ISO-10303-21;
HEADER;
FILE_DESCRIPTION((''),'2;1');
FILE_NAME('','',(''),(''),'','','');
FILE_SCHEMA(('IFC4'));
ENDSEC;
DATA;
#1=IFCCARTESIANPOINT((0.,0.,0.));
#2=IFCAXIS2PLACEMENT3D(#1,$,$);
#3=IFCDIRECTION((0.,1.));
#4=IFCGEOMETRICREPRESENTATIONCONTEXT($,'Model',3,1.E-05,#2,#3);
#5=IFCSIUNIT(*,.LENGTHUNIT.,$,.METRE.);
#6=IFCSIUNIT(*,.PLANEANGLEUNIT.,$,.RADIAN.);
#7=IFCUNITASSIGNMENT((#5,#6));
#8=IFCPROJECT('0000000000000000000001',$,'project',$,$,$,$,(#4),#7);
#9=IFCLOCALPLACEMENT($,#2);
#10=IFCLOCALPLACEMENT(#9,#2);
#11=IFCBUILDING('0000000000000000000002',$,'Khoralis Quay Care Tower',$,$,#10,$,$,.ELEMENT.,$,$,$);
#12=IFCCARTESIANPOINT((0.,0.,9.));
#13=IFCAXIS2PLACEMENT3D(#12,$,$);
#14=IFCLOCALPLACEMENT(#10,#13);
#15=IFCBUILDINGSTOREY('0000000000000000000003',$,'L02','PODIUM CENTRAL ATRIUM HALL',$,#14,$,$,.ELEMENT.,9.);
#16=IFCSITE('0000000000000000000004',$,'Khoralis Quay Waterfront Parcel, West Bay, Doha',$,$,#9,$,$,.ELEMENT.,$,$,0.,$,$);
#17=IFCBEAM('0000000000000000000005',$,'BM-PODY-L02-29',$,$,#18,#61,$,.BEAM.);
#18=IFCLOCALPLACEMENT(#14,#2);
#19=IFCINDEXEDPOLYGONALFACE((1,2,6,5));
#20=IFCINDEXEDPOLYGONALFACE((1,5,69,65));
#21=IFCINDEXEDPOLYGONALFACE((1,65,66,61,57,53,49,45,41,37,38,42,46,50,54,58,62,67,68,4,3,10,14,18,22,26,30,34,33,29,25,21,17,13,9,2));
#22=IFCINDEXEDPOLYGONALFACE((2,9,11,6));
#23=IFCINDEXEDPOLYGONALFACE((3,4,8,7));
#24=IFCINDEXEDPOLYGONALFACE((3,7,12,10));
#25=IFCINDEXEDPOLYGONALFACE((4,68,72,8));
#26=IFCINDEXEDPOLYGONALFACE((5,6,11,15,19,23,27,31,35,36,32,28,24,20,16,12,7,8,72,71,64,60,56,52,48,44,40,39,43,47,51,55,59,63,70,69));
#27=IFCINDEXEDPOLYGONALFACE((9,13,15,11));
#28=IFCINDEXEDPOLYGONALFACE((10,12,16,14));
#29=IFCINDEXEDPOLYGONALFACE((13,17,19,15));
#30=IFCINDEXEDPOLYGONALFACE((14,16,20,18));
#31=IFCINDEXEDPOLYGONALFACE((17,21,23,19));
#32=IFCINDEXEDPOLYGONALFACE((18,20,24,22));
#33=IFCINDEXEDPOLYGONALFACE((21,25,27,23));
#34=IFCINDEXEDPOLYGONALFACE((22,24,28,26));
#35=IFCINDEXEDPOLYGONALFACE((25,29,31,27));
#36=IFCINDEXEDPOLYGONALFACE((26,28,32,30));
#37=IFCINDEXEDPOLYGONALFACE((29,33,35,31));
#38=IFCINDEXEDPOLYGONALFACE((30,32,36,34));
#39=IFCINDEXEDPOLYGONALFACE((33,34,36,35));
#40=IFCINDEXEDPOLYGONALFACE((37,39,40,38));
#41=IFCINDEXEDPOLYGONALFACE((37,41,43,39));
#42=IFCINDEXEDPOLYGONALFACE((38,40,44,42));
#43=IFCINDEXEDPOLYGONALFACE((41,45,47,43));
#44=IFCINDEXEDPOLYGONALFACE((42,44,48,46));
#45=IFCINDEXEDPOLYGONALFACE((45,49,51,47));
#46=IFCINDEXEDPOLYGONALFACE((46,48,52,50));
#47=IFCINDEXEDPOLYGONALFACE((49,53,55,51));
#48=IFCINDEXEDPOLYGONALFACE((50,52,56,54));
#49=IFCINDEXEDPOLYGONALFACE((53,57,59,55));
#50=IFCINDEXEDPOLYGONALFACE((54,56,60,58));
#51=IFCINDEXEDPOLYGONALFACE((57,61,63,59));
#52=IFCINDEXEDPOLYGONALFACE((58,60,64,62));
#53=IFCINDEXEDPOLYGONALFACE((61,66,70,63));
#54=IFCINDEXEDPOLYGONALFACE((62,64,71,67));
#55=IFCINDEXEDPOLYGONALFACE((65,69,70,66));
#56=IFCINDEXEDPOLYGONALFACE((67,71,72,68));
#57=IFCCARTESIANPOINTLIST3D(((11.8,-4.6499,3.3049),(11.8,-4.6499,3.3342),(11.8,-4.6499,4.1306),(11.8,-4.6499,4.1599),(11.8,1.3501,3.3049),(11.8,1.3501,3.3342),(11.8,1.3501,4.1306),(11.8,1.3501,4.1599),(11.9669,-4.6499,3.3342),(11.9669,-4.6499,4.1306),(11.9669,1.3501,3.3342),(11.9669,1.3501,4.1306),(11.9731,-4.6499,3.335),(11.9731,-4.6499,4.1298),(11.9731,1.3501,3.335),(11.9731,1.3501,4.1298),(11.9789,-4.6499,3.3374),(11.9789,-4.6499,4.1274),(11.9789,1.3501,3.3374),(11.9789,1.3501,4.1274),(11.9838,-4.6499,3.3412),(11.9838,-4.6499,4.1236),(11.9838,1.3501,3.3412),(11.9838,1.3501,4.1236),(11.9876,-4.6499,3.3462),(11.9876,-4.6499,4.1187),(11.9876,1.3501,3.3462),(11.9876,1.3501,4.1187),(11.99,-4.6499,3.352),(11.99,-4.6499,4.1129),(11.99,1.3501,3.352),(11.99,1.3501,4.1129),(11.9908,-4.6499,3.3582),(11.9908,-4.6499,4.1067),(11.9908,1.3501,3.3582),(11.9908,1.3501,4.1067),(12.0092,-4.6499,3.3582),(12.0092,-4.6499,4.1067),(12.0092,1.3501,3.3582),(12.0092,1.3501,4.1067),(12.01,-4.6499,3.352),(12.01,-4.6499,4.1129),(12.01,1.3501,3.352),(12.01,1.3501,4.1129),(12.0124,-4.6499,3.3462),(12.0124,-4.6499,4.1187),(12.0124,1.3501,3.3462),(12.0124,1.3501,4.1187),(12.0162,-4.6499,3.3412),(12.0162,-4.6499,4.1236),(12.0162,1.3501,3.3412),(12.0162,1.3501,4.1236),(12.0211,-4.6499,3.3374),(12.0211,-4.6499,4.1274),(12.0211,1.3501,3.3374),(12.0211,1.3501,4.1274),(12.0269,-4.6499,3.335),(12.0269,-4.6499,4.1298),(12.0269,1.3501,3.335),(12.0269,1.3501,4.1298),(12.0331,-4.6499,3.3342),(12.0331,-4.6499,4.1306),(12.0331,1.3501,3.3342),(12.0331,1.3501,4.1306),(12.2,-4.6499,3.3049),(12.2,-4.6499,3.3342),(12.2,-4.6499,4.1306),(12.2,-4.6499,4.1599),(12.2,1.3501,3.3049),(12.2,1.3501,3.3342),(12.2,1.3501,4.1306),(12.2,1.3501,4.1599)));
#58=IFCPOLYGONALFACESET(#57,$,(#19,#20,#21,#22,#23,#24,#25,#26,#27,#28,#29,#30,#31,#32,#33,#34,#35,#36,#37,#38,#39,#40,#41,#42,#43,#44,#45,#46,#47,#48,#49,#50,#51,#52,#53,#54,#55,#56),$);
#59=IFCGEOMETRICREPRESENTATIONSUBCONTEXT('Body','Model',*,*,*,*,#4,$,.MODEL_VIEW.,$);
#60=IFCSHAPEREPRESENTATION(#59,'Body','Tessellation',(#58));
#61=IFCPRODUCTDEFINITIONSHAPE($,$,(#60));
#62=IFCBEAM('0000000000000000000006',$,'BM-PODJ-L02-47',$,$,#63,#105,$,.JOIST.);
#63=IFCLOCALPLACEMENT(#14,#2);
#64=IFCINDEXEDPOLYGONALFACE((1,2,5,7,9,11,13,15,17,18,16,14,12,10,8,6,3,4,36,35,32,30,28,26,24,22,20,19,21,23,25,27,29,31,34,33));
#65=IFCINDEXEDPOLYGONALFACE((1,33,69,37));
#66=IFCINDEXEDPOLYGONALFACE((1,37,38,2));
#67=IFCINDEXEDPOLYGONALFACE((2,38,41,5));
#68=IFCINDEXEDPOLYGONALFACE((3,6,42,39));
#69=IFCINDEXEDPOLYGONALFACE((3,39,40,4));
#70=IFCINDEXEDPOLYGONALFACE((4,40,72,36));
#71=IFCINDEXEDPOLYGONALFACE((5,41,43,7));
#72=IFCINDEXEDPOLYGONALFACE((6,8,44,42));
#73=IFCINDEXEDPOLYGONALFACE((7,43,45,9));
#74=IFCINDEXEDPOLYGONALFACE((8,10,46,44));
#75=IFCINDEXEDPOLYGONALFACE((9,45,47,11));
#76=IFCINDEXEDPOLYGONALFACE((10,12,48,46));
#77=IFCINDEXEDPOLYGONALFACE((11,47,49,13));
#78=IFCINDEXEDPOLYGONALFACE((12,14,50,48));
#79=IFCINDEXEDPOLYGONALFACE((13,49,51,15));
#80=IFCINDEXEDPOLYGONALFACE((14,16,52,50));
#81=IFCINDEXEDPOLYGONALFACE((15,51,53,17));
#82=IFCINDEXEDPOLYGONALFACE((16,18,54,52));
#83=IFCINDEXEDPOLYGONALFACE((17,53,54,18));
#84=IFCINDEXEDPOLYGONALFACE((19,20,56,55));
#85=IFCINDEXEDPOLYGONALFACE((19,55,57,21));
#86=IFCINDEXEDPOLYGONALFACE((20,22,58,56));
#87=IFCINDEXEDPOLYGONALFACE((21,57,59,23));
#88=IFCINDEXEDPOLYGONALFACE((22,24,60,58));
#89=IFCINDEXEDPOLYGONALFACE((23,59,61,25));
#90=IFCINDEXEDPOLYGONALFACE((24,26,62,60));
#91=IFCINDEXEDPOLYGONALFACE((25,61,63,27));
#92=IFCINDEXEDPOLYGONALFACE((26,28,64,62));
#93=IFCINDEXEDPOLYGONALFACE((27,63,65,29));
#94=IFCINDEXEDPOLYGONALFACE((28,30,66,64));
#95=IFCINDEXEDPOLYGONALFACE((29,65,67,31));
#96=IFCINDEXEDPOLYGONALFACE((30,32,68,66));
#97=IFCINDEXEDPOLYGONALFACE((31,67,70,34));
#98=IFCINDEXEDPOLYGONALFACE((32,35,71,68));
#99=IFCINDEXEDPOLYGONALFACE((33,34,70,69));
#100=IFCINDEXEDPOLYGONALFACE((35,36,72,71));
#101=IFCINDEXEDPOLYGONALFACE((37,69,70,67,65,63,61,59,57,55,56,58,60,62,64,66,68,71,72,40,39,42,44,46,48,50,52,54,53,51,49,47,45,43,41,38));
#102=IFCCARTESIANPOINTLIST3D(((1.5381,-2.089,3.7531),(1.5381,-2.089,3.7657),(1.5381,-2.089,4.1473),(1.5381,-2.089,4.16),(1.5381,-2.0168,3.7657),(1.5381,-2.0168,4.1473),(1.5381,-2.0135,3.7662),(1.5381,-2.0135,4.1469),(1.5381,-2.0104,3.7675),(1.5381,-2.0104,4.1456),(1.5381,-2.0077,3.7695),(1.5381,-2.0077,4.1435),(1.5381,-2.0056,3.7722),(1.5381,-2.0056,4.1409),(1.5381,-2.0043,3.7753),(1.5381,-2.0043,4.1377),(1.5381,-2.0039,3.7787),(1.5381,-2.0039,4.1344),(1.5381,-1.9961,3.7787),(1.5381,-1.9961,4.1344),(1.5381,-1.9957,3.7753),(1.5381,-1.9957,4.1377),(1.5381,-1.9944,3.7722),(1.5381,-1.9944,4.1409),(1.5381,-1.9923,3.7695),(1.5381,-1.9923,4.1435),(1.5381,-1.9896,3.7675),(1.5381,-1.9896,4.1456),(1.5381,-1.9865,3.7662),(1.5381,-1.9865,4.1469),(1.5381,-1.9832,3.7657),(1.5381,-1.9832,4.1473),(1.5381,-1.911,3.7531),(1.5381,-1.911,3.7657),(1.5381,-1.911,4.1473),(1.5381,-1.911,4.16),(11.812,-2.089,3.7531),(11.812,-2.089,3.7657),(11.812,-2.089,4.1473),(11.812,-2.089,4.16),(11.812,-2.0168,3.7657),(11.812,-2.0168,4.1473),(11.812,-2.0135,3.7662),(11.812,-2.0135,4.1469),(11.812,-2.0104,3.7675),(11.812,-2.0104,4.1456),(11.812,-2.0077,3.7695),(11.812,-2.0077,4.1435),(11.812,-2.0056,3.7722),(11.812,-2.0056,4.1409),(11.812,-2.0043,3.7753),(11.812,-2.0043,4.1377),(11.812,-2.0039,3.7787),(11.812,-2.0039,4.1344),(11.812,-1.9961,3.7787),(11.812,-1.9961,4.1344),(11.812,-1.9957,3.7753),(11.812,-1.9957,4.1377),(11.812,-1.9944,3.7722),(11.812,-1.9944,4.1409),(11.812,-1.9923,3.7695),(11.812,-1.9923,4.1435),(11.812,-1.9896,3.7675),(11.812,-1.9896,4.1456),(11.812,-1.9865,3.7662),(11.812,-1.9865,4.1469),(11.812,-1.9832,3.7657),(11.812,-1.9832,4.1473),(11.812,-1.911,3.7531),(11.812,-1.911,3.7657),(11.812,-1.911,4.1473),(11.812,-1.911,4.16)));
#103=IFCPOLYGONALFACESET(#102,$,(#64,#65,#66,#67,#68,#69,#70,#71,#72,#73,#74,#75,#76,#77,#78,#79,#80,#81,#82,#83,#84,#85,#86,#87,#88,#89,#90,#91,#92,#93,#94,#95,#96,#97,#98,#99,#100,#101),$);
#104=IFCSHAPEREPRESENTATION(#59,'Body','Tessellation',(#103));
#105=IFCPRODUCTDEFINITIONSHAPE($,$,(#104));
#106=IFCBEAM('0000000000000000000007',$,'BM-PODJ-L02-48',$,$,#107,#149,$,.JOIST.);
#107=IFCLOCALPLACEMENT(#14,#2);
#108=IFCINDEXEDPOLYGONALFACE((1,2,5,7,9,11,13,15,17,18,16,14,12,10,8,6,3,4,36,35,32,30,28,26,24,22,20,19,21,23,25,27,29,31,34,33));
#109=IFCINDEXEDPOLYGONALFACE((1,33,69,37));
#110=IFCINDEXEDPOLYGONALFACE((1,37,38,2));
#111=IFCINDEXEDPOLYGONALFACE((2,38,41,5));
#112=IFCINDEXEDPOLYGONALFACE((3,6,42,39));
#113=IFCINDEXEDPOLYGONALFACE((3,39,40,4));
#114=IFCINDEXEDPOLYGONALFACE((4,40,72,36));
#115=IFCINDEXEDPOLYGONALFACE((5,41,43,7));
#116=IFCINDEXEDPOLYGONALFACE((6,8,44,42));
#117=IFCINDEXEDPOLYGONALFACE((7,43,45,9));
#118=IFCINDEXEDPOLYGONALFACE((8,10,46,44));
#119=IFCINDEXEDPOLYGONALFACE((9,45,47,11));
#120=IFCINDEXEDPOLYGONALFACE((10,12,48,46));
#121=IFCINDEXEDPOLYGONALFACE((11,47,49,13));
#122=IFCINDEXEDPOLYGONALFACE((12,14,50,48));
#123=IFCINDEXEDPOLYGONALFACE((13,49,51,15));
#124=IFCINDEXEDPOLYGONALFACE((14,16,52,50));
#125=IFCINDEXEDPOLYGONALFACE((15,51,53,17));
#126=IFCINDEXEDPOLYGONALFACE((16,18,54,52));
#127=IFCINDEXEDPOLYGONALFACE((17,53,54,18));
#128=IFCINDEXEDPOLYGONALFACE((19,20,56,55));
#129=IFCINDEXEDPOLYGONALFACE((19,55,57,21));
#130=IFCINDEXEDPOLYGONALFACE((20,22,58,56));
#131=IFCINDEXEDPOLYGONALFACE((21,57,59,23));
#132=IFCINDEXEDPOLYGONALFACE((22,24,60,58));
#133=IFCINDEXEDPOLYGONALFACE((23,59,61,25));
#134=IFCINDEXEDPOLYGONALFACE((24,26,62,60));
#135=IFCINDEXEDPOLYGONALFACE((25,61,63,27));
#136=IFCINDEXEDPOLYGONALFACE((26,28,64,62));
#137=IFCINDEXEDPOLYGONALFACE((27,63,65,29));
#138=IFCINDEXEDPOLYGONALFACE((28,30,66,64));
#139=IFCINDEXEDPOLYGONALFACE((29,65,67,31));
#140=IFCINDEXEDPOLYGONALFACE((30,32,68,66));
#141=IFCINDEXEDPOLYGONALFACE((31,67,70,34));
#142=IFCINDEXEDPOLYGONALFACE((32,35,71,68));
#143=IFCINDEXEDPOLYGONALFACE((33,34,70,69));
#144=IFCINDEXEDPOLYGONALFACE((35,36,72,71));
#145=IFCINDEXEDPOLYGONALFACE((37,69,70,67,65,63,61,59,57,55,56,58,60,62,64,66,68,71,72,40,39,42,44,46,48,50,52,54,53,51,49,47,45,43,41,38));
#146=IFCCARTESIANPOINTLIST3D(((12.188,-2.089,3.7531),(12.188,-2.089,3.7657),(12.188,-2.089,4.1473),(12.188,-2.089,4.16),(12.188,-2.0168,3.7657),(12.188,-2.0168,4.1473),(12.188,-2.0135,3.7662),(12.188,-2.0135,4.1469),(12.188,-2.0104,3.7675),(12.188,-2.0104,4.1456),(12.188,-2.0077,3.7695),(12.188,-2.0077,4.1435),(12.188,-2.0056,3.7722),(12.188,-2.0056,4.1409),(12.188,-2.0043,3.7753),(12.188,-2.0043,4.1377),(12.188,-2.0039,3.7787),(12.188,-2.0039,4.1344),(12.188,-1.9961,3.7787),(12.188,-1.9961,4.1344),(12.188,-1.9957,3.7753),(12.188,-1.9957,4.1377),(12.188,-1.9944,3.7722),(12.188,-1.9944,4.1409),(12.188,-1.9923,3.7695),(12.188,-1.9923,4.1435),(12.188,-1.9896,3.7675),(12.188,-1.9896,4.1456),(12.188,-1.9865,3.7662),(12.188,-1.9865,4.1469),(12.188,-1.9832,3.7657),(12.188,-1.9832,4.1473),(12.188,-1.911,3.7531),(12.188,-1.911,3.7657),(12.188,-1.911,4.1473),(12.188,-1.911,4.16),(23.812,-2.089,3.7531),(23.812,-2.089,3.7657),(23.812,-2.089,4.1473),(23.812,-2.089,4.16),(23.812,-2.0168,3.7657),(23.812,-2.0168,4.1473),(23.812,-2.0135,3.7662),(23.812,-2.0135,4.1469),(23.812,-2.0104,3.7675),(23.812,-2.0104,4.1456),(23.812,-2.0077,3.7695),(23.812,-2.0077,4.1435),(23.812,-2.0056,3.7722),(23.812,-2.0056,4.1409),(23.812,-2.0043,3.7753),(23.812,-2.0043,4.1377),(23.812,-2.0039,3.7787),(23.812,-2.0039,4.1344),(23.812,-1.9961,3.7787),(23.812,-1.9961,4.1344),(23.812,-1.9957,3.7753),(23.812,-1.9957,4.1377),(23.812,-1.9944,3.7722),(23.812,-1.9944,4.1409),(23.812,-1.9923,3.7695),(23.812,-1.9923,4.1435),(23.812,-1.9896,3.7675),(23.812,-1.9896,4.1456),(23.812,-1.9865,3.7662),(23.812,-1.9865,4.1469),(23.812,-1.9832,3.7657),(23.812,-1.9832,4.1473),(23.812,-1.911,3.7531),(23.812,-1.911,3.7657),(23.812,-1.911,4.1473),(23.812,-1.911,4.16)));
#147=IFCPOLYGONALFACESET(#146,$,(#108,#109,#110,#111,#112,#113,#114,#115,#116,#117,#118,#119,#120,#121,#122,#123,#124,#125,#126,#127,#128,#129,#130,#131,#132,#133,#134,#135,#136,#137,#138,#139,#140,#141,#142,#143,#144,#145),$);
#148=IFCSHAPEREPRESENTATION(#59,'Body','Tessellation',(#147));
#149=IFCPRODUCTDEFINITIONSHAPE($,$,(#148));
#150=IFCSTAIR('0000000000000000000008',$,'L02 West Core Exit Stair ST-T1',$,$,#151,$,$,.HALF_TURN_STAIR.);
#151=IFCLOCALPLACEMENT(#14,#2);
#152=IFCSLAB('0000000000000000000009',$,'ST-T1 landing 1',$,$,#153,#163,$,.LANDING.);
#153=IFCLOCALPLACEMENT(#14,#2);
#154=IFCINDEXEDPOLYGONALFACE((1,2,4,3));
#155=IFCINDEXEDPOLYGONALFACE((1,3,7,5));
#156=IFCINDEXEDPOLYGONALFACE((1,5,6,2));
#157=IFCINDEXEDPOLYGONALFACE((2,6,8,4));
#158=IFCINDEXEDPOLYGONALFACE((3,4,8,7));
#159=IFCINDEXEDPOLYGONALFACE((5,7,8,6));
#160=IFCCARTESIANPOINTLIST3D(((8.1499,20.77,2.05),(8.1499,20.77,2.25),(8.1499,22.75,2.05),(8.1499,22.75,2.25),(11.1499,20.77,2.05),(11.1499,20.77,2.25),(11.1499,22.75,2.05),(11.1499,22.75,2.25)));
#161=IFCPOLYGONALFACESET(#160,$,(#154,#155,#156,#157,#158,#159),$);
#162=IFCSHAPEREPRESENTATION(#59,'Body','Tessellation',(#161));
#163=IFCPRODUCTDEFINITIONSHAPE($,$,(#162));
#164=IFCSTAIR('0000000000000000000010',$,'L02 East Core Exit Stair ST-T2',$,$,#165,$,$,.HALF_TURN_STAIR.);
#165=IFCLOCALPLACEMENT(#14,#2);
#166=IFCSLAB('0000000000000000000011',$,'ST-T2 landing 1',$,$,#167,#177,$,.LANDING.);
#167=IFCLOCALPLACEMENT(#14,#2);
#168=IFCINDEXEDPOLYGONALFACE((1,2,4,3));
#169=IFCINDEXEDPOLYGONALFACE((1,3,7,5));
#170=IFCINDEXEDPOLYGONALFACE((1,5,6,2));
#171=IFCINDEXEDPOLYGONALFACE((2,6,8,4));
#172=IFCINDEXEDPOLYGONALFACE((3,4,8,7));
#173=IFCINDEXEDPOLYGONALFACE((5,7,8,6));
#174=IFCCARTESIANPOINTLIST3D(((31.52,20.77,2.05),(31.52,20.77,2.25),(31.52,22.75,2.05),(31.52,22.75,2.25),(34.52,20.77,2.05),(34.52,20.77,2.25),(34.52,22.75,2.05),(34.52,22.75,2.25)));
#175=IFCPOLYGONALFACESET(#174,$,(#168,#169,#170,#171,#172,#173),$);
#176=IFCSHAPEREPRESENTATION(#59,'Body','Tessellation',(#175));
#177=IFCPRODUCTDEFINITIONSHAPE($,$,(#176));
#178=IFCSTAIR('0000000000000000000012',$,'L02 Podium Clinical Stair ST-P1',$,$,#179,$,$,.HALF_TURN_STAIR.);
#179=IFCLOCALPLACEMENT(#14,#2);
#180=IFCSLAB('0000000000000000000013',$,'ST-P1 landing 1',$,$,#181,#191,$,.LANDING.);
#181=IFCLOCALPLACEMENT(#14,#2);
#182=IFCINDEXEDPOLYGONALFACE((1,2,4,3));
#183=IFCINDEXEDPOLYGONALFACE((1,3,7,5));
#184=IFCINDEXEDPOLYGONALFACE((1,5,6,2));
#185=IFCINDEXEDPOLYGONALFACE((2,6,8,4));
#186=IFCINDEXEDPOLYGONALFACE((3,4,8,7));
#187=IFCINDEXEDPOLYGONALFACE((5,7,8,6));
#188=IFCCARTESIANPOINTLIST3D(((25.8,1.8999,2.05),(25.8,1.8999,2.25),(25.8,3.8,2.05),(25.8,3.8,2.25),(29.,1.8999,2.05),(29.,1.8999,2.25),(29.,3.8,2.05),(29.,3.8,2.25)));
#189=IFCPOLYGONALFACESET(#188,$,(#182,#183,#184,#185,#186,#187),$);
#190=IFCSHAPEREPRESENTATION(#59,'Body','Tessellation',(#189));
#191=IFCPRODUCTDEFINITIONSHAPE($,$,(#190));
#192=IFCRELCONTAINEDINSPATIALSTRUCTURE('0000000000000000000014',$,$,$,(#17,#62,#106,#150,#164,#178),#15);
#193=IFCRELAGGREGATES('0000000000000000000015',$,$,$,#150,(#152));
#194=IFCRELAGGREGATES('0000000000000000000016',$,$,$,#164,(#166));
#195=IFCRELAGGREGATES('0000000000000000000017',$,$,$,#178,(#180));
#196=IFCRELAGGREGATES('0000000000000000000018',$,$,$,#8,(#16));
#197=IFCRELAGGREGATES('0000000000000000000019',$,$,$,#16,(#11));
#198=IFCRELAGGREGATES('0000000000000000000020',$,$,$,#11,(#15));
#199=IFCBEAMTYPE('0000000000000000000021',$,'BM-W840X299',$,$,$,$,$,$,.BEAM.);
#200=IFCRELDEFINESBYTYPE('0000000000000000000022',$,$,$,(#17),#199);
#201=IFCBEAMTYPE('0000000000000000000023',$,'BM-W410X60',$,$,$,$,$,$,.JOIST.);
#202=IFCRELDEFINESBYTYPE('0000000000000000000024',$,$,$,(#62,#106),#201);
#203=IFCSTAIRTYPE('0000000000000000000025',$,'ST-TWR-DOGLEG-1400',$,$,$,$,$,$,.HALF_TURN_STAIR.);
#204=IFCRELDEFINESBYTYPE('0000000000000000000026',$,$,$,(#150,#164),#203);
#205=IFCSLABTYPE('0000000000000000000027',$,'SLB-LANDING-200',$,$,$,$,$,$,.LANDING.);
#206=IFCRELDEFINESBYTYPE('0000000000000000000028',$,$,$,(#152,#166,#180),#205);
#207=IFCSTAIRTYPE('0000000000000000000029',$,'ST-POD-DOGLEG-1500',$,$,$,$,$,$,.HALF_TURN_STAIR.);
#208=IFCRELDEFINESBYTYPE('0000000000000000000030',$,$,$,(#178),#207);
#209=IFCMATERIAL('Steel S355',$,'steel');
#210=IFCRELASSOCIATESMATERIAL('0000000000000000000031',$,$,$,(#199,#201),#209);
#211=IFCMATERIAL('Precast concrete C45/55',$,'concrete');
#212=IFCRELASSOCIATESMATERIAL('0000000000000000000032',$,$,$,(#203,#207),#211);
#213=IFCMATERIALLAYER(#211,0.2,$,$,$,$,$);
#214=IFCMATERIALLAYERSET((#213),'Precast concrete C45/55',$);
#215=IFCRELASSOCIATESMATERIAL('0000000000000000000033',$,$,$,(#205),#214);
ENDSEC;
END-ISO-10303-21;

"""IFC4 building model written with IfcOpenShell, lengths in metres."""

from ifc_helpers import new_model, si_unit, direction, frame, origin, origin_2d, place, context, subcontext, project, spatial, polyline, i_section, outline, extrude, source, transform, mapped, material, layer, layer_set, material_profile, profile_set, type_object, element, aggregate, save


model = new_model("IFC4")

# Units and contexts
model_context = context("Model", 3, precision=1e-05, world=origin(), true_north=direction((0.0, 1.0)))
body_context = subcontext(model_context, "Body", "Model", "MODEL_VIEW")
ifc_project = project(units=[si_unit("LENGTHUNIT", "METRE"), si_unit("PLANEANGLEUNIT", "RADIAN")], contexts=[model_context])

# Site, building, storey
site_placement = place(None, origin())
site = spatial("IfcSite", under=ifc_project, at=site_placement, Name="Khoralis Quay Waterfront Parcel, West Bay, Doha", CompositionType="ELEMENT", RefElevation=0.0)
building_placement = place(site_placement, origin())
building = spatial("IfcBuilding", under=site, at=building_placement, Name="Khoralis Quay Care Tower", CompositionType="ELEMENT")
storey_placement = place(building_placement, frame((0.0, 0.0, 9.0)))
storey = spatial("IfcBuildingStorey", under=building, at=storey_placement, Name="L02", Description="PODIUM CENTRAL ATRIUM HALL", CompositionType="ELEMENT", Elevation=9.0)

# Beams
ifc_material_1 = material(Name="Steel S355", Category="steel")
ifc_material_profile_1 = material_profile(ifc_material_1, i_section(OverallWidth=0.3999, OverallDepth=0.855, WebThickness=0.0183, FlangeThickness=0.0293, FilletRadius=0.0239, at=origin_2d()), Name="Steel S355")
ifc_profile_set_1 = profile_set([ifc_material_profile_1], Name="Steel S355")
beam_type_1 = type_object("IfcBeamType", Name="BM-W840X299", PredefinedType="BEAM", material=ifc_profile_set_1)
shared_shape_1 = source(origin(), body_context, "Body", "SweptSolid", [
    extrude(i_section(OverallWidth=0.3999, OverallDepth=0.855, WebThickness=0.0183, FlangeThickness=0.0293, FilletRadius=0.0239, at=origin_2d()), origin(), (0.0, 0.0, 1.0), 6.0),
])
for number, where, z_axis, x_axis, name in (
    (1, (12.0, -4.6499, 3.7324), (0.0, 1.0, 0.0), (-1.0, 0.0, 0.0), "BM-PODY-L02-29"),
):
    element("IfcBeam", number, at=place(storey_placement, frame(where, z_axis=z_axis, x_axis=x_axis)), inside=storey, type_object=beam_type_1, Name=name, PredefinedType="BEAM", context=body_context, shape_type="MappedRepresentation", body=[
        mapped(shared_shape_1, transform((0.0, 0.0, 0.0), scale=1.0)),
    ])
ifc_material_profile_2 = material_profile(ifc_material_1, i_section(OverallWidth=0.178, OverallDepth=0.407, WebThickness=0.0078, FlangeThickness=0.0127, FilletRadius=0.0129, at=origin_2d()), Name="Steel S355")
ifc_profile_set_2 = profile_set([ifc_material_profile_2], Name="Steel S355")
beam_type_2 = type_object("IfcBeamType", Name="BM-W410X60", PredefinedType="JOIST", material=ifc_profile_set_2)
shared_shape_2 = source(origin(), body_context, "Body", "SweptSolid", [
    extrude(i_section(OverallWidth=0.178, OverallDepth=0.407, WebThickness=0.0078, FlangeThickness=0.0127, FilletRadius=0.0129, at=origin_2d()), origin(), (0.0, 0.0, 1.0), 10.2739),
])
beam_1_placement = place(storey_placement, frame((1.5381, -2.0, 3.9565), z_axis=(1.0, 0.0, 0.0), x_axis=(0.0, 1.0, 0.0)))
element("IfcBeam", 2, at=beam_1_placement, inside=storey, type_object=beam_type_2, Name="BM-PODJ-L02-47", PredefinedType="JOIST", context=body_context, shape_type="MappedRepresentation", body=[
    mapped(shared_shape_2, transform((0.0, 0.0, 0.0), scale=1.0)),
])
shared_shape_3 = source(origin(), body_context, "Body", "SweptSolid", [
    extrude(i_section(OverallWidth=0.178, OverallDepth=0.407, WebThickness=0.0078, FlangeThickness=0.0127, FilletRadius=0.0129, at=origin_2d()), origin(), (0.0, 0.0, 1.0), 11.624),
])
beam_2_placement = place(storey_placement, frame((12.188, -2.0, 3.9565), z_axis=(1.0, 0.0, 0.0), x_axis=(0.0, 1.0, 0.0)))
element("IfcBeam", 3, at=beam_2_placement, inside=storey, type_object=beam_type_2, Name="BM-PODJ-L02-48", PredefinedType="JOIST", context=body_context, shape_type="MappedRepresentation", body=[
    mapped(shared_shape_3, transform((0.0, 0.0, 0.0), scale=1.0)),
])

# Stairs, slabs
ifc_material_2 = material(Name="Precast concrete C45/55", Category="concrete")
stair_type_1 = type_object("IfcStairType", Name="ST-TWR-DOGLEG-1400", PredefinedType="HALF_TURN_STAIR", material=ifc_material_2)
stair_1_placement = place(storey_placement, origin())
stair_1 = element("IfcStair", 4, at=stair_1_placement, inside=storey, type_object=stair_type_1, Name="L02 West Core Exit Stair ST-T1", PredefinedType="HALF_TURN_STAIR")
ifc_layer_1 = layer(ifc_material_2, 0.2)
ifc_layer_set_1 = layer_set([ifc_layer_1], Name="Precast concrete C45/55")
slab_type_1 = type_object("IfcSlabType", Name="SLB-LANDING-200", PredefinedType="LANDING", material=ifc_layer_set_1)
slab_1_placement = place(storey_placement, frame((0.0, 0.0, 2.05)))
slab_1 = element("IfcSlab", 5, at=slab_1_placement, type_object=slab_type_1, Name="ST-T1 landing 1", PredefinedType="LANDING", context=body_context, shape_type="SweptSolid", body=[
    extrude(outline(polyline([(11.1499, 20.77), (11.1499, 22.75), (8.1499, 22.75), (8.1499, 20.77), (11.1499, 20.77)])), origin(), (0.0, 0.0, 1.0), 0.2),
])
aggregate(stair_1, [slab_1])
stair_2_placement = place(storey_placement, origin())
stair_2 = element("IfcStair", 6, at=stair_2_placement, inside=storey, type_object=stair_type_1, Name="L02 East Core Exit Stair ST-T2", PredefinedType="HALF_TURN_STAIR")
slab_2_placement = place(storey_placement, frame((0.0, 0.0, 2.05)))
slab_2 = element("IfcSlab", 7, at=slab_2_placement, type_object=slab_type_1, Name="ST-T2 landing 1", PredefinedType="LANDING", context=body_context, shape_type="SweptSolid", body=[
    extrude(outline(polyline([(34.52, 20.77), (34.52, 22.75), (31.52, 22.75), (31.52, 20.77), (34.52, 20.77)])), origin(), (0.0, 0.0, 1.0), 0.2),
])
aggregate(stair_2, [slab_2])
stair_type_2 = type_object("IfcStairType", Name="ST-POD-DOGLEG-1500", PredefinedType="HALF_TURN_STAIR", material=ifc_material_2)
stair_3_placement = place(storey_placement, origin())
stair_3 = element("IfcStair", 8, at=stair_3_placement, inside=storey, type_object=stair_type_2, Name="L02 Podium Clinical Stair ST-P1", PredefinedType="HALF_TURN_STAIR")
slab_3_placement = place(storey_placement, frame((0.0, 0.0, 2.05)))
slab_3 = element("IfcSlab", 9, at=slab_3_placement, type_object=slab_type_1, Name="ST-P1 landing 1", PredefinedType="LANDING", context=body_context, shape_type="SweptSolid", body=[
    extrude(outline(polyline([(25.8, 3.8), (25.8, 1.8999), (29.0, 1.8999), (29.0, 3.8), (25.8, 3.8)])), origin(), (0.0, 0.0, 1.0), 0.2),
])
aggregate(stair_3, [slab_3])

save(model, "model.ifc")
